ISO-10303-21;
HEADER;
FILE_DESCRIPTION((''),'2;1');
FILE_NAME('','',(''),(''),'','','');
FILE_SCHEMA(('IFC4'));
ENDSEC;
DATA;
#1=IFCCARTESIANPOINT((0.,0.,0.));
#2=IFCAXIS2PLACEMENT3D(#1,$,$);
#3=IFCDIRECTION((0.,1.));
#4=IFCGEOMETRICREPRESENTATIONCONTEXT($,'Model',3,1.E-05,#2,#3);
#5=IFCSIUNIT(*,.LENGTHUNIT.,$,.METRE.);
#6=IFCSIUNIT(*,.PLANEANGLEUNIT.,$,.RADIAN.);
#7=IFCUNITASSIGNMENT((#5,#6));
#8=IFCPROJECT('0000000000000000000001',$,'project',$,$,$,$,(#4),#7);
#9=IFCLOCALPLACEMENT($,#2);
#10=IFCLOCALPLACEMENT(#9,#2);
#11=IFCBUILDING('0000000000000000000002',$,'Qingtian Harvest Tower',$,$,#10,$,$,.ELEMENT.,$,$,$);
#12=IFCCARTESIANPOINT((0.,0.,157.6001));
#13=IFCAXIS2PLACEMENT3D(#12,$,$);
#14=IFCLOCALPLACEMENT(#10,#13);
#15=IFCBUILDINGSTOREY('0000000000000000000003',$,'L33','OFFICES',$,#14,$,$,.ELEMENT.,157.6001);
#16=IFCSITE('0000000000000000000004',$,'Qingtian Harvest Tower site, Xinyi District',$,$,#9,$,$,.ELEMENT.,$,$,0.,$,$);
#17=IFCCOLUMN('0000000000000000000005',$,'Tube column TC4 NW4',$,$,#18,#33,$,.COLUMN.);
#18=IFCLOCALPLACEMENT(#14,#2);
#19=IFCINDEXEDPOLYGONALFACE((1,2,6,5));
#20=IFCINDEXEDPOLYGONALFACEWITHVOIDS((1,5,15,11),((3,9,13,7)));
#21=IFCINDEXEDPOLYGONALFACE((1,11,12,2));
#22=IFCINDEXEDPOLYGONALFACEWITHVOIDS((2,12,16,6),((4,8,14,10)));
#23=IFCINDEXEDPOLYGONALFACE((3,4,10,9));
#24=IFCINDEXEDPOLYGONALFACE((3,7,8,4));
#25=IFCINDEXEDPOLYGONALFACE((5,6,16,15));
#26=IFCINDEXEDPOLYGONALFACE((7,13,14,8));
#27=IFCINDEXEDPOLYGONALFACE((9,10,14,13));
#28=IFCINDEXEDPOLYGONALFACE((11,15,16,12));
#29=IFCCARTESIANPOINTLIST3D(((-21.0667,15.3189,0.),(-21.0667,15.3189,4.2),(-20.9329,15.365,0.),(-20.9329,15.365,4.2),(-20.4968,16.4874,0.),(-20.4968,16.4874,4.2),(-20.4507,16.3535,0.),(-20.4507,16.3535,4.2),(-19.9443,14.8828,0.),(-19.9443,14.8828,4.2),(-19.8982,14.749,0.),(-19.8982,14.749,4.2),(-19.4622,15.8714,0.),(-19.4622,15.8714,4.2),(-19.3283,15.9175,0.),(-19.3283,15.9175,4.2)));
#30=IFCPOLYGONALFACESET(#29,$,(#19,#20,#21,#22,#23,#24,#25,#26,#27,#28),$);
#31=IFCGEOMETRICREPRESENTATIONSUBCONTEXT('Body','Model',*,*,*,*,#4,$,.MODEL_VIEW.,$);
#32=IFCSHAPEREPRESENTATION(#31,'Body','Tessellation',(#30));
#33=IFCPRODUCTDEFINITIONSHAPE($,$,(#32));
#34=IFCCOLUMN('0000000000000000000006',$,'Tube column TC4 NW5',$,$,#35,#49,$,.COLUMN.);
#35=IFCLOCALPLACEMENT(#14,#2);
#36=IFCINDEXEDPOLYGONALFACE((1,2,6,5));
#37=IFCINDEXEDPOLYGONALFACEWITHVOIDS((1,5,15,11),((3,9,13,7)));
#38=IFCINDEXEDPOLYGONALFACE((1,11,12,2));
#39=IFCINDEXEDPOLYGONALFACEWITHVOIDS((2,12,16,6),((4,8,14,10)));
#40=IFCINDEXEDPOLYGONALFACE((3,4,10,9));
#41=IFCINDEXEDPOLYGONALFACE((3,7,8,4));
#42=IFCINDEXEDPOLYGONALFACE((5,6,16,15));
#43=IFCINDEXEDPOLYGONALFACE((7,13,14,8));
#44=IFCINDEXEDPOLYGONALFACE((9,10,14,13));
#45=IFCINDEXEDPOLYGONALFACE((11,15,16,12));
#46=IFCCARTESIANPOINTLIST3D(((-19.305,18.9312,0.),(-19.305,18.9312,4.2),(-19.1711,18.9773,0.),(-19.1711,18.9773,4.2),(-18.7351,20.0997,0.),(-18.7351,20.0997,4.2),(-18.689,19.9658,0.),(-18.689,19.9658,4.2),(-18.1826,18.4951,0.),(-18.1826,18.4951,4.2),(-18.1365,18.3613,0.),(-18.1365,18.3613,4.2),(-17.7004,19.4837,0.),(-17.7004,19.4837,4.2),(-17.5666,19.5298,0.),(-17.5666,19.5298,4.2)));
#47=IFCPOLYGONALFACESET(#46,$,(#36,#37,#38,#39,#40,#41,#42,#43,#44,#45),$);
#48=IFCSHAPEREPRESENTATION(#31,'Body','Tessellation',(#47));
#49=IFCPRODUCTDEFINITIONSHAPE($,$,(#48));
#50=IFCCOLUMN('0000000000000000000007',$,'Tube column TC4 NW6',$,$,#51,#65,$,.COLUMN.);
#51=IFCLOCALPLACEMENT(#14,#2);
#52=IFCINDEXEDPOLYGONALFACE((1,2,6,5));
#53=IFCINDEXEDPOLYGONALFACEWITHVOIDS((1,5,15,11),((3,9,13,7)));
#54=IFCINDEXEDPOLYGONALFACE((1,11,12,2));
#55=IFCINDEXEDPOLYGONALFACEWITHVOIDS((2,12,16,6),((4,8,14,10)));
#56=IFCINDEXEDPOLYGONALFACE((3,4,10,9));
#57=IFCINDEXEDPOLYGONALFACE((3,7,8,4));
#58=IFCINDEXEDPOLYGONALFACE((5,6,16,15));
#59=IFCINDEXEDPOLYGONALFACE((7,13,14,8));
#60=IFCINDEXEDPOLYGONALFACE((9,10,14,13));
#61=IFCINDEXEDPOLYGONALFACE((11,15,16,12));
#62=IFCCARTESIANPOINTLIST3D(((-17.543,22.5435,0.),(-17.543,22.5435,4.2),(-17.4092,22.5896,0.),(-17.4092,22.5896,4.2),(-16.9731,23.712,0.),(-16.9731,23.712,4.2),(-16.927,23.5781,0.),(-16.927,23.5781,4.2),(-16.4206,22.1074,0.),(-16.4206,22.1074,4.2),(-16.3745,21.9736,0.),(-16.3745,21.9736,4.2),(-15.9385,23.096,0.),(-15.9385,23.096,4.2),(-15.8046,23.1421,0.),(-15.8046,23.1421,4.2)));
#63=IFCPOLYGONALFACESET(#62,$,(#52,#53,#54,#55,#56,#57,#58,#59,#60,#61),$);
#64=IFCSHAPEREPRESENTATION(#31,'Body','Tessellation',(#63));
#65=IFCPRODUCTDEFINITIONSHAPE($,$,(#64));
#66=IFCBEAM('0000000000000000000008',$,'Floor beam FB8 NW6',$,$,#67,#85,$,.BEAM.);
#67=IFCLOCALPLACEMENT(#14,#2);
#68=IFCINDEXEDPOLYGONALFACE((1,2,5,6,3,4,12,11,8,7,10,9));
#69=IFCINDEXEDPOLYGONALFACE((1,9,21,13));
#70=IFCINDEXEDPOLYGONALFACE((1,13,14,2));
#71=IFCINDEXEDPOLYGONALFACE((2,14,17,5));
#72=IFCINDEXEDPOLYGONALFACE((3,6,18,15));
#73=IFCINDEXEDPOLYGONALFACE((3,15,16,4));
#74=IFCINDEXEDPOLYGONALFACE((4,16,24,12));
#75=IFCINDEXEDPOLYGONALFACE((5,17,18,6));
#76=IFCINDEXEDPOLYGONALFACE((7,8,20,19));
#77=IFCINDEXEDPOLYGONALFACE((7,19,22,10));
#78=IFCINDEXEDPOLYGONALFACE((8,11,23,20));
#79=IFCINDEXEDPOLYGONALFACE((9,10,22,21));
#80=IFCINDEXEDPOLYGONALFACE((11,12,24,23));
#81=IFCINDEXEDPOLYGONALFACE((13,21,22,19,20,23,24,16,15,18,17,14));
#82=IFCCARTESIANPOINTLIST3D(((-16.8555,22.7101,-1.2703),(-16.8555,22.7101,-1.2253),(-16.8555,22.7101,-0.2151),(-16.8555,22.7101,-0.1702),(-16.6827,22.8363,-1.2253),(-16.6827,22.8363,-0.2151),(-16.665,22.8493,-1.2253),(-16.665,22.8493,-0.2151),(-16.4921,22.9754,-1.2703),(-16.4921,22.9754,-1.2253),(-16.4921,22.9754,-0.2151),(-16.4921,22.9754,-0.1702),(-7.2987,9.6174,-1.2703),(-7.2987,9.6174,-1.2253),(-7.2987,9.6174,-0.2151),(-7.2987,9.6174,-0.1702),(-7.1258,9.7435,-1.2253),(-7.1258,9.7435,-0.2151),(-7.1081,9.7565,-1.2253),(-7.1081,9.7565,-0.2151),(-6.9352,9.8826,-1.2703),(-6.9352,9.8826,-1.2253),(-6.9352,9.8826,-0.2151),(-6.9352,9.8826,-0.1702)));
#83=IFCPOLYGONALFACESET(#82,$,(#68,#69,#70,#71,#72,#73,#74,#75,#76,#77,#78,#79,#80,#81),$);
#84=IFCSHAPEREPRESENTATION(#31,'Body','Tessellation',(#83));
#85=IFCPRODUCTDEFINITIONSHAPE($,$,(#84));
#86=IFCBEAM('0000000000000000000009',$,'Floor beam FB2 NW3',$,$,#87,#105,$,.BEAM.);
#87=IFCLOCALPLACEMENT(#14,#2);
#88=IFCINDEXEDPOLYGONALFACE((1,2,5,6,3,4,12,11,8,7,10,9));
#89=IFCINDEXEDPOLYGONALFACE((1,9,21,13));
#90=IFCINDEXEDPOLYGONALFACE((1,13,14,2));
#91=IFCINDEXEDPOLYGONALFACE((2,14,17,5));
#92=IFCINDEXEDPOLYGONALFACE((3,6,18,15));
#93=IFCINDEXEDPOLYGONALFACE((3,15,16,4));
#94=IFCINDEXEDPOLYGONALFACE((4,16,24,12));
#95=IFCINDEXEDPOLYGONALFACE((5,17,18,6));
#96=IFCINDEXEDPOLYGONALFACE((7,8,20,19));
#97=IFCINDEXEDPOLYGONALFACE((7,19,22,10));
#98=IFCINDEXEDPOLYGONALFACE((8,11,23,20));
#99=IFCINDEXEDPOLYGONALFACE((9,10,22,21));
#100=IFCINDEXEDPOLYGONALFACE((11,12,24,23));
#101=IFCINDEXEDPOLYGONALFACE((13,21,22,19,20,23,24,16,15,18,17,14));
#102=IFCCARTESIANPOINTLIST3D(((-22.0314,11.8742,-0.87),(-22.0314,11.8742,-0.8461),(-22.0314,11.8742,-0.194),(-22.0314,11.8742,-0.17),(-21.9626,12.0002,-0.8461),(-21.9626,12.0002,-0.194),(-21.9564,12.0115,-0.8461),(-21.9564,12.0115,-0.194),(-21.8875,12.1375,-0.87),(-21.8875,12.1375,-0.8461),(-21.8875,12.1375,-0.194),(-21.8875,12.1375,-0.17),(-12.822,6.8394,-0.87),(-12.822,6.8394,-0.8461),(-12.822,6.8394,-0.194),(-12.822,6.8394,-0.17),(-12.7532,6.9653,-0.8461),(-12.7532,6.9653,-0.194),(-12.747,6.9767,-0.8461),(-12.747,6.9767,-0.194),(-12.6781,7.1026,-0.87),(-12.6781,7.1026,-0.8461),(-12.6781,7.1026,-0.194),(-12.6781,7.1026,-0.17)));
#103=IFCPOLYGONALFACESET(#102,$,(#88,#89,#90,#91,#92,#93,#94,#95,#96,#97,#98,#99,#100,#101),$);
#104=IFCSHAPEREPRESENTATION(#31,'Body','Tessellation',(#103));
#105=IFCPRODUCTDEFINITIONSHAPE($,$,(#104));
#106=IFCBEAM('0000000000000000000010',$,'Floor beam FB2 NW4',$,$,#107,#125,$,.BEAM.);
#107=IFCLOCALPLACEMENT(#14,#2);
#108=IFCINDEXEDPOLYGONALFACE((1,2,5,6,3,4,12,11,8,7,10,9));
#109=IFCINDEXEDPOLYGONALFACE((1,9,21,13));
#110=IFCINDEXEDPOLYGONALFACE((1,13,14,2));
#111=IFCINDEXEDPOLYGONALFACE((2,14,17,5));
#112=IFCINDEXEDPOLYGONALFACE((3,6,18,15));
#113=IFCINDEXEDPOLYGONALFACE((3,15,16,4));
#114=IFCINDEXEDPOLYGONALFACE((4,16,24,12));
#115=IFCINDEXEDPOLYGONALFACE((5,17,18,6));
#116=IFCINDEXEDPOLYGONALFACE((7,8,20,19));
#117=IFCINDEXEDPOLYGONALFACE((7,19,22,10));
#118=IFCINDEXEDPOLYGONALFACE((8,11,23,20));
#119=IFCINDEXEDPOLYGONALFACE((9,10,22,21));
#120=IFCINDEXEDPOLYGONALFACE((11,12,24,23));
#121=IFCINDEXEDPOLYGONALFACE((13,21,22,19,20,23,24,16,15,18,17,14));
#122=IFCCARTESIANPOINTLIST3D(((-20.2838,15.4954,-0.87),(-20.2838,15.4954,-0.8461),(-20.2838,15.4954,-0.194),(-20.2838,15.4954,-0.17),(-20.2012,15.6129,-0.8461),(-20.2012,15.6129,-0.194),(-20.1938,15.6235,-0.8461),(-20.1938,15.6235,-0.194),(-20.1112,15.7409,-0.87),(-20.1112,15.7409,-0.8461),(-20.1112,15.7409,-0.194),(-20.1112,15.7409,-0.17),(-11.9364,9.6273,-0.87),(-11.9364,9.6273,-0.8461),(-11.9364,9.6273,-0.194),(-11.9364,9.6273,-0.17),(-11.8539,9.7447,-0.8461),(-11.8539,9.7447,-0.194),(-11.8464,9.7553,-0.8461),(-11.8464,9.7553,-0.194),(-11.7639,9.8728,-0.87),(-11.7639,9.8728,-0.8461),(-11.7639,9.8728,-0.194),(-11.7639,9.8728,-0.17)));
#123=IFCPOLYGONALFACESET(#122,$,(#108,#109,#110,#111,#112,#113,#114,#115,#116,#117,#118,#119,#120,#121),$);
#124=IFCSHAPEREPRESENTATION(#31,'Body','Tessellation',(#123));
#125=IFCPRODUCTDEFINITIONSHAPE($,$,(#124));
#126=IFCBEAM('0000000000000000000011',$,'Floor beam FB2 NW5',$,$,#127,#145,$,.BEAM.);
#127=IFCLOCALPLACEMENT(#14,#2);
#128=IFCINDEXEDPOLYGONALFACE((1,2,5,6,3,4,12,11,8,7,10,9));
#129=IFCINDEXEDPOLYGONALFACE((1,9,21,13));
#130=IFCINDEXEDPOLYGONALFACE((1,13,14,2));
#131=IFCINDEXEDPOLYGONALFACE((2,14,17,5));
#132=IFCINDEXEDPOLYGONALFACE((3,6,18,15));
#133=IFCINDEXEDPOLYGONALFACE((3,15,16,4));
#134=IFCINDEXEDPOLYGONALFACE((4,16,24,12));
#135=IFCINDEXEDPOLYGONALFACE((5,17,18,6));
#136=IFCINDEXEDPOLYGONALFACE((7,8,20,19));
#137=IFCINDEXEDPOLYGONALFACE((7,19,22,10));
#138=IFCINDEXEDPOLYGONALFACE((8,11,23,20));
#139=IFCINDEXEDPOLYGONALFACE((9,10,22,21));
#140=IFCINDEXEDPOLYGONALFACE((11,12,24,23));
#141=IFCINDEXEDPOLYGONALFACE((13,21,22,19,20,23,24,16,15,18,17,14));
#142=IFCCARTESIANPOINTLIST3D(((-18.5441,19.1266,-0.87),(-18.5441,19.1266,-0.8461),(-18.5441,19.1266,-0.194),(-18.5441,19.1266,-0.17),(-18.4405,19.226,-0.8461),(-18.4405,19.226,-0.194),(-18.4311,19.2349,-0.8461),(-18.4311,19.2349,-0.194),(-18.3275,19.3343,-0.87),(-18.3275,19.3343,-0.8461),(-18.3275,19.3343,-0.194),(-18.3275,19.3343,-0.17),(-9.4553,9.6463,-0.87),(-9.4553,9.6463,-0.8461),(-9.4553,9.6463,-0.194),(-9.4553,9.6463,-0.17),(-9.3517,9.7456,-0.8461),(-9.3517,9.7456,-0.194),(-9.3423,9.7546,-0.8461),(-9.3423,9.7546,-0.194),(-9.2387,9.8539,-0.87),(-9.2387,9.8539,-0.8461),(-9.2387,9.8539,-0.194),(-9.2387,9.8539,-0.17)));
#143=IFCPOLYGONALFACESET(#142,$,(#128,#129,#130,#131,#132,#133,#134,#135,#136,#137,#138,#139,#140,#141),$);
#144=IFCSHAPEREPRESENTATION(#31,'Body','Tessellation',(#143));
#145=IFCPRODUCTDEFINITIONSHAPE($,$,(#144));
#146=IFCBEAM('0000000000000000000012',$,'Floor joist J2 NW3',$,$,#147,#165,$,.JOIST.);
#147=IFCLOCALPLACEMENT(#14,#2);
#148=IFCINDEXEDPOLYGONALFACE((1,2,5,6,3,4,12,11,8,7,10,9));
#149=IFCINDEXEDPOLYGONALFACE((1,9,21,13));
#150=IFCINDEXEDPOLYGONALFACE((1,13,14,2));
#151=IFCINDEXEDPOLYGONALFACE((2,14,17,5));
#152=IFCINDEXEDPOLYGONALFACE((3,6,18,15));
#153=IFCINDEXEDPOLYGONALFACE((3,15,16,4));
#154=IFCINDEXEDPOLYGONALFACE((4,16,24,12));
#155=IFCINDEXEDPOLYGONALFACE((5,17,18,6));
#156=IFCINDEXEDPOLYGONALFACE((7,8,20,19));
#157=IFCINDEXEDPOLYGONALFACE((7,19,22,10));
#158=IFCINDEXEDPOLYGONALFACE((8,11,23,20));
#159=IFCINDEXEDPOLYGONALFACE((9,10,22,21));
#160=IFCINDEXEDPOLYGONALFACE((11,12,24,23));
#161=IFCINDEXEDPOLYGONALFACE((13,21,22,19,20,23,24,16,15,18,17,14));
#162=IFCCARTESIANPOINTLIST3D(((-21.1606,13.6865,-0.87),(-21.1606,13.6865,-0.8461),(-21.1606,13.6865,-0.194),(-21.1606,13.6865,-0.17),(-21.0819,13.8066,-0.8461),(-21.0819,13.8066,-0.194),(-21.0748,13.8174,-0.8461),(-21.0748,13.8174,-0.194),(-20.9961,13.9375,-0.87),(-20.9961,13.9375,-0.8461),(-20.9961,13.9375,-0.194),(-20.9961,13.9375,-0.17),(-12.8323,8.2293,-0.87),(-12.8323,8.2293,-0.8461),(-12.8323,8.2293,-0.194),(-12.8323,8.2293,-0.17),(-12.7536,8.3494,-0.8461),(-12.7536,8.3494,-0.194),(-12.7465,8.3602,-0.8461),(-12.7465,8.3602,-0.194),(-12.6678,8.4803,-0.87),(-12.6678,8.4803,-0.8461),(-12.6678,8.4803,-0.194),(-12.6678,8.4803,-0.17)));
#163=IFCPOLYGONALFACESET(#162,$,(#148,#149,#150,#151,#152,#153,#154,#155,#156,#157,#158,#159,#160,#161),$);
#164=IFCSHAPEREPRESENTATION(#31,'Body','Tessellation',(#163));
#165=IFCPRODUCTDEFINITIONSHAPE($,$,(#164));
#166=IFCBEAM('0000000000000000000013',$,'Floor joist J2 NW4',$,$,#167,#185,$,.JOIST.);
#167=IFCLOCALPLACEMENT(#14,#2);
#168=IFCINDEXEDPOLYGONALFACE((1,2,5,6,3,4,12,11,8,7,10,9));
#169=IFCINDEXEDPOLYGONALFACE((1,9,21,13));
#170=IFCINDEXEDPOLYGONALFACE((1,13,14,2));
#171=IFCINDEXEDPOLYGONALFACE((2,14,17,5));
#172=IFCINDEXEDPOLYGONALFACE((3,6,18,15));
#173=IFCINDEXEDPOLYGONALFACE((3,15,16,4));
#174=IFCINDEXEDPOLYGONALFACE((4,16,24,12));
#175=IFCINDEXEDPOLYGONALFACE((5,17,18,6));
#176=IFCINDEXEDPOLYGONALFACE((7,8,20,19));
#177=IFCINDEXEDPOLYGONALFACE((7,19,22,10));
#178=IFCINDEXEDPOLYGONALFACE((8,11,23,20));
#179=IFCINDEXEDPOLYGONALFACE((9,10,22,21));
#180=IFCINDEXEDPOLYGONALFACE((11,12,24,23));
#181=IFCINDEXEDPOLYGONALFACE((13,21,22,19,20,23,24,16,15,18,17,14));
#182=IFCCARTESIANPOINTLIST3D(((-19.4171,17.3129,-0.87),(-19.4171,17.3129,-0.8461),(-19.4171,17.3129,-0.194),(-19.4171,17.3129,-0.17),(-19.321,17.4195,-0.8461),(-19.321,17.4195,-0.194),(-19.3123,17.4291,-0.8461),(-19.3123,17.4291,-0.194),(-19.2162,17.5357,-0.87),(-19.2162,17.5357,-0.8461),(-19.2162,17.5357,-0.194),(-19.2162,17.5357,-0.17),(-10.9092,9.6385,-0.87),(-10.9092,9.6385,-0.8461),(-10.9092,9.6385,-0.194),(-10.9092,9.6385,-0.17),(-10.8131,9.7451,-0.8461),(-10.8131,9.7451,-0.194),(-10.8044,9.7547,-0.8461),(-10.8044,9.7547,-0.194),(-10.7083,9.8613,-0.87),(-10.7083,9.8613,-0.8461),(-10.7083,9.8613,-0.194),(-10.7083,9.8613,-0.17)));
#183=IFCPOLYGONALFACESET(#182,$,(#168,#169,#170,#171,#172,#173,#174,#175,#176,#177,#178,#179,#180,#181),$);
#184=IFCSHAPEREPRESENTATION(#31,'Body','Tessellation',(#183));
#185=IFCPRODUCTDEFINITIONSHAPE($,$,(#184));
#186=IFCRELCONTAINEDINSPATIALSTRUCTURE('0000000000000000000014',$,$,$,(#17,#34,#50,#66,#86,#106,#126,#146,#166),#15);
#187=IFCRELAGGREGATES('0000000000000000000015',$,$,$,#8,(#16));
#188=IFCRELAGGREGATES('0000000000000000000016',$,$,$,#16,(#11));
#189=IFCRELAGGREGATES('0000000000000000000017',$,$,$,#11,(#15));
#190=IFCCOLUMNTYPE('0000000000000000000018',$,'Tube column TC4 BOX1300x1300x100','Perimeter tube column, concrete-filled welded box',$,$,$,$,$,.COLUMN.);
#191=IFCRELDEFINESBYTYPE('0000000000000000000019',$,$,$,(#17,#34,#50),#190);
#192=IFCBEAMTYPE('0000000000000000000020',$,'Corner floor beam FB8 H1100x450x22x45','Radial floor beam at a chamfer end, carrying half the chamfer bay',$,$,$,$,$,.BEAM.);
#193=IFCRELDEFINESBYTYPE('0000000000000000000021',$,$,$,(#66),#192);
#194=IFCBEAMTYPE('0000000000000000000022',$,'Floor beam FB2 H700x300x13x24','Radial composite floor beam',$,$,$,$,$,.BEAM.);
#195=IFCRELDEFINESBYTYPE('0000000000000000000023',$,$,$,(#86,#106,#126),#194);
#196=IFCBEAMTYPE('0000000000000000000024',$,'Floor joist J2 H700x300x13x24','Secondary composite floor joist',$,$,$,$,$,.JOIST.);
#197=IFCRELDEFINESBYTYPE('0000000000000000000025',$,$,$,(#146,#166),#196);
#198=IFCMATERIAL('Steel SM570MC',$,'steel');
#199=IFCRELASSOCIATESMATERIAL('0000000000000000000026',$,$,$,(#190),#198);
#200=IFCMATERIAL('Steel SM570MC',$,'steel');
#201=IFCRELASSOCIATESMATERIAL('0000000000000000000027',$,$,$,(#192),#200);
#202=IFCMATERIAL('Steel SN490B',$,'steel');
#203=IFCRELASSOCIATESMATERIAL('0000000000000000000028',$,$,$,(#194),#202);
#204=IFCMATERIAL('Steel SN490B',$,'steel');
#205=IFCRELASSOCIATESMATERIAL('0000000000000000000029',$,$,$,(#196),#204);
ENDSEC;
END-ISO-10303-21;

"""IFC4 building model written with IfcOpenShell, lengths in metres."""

from ifc_helpers import new_model, si_unit, direction, frame, origin, origin_2d, place, context, subcontext, project, spatial, hollow_rectangle, i_section, extrude, material, material_profile, profile_set, type_object, element, save


model = new_model("IFC4")

# Units and contexts
model_context = context("Model", 3, precision=1e-05, world=origin(), true_north=direction((0.0, 1.0)))
body_context = subcontext(model_context, "Body", "Model", "MODEL_VIEW")
ifc_project = project(units=[si_unit("LENGTHUNIT", "METRE"), si_unit("PLANEANGLEUNIT", "RADIAN")], contexts=[model_context])

# Site, building, storey
site_placement = place(None, origin())
site = spatial("IfcSite", under=ifc_project, at=site_placement, Name="Qingtian Harvest Tower site, Xinyi District", CompositionType="ELEMENT", RefElevation=0.0)
building_placement = place(site_placement, origin())
building = spatial("IfcBuilding", under=site, at=building_placement, Name="Qingtian Harvest Tower", CompositionType="ELEMENT")
storey_placement = place(building_placement, frame((0.0, 0.0, 157.6001)))
storey = spatial("IfcBuildingStorey", under=building, at=storey_placement, Name="L33", Description="OFFICES", CompositionType="ELEMENT", Elevation=157.6001)

# Columns
ifc_material_1 = material(Name="Steel SM570MC", Category="steel")
ifc_material_profile_1 = material_profile(ifc_material_1, hollow_rectangle(XDim=1.3, YDim=1.3, WallThickness=0.1001, at=origin_2d()), Name="BOX1300x1300x100")
ifc_profile_set_1 = profile_set([ifc_material_profile_1], Name="Steel SM570MC")
column_type = type_object("IfcColumnType", Name="Tube column TC4 BOX1300x1300x100", Description="Perimeter tube column, concrete-filled welded box", PredefinedType="COLUMN", material=ifc_profile_set_1)
for number, where, z_axis, x_axis, name in (
    (1, (-20.1975, 15.6182, 0.0), (0.0, 0.0, 1.0), (-0.438371, -0.898794, 0.0), "Tube column TC4 NW4"),
    (2, (-18.4358, 19.2305, 0.0), (0.0, 0.0, 1.0), (-0.438371, -0.898794, 0.0), "Tube column TC4 NW5"),
    (3, (-16.6738, 22.8428, 0.0), (0.0, 0.0, 1.0), (-0.438371, -0.898794, 0.0), "Tube column TC4 NW6"),
):
    element("IfcColumn", number, at=place(storey_placement, frame(where, z_axis=z_axis, x_axis=x_axis)), inside=storey, type_object=column_type, Name=name, PredefinedType="COLUMN", context=body_context, shape_type="SweptSolid", body=[
        extrude(hollow_rectangle(XDim=1.3, YDim=1.3, WallThickness=0.1001, at=origin_2d()), origin(), (0.0, 0.0, 1.0), 4.2),
    ])

# Beams
ifc_material_2 = material(Name="Steel SM570MC", Category="steel")
ifc_material_profile_2 = material_profile(ifc_material_2, i_section(OverallWidth=0.45, OverallDepth=1.1001, WebThickness=0.022, FlangeThickness=0.0449, at=origin_2d()), Name="H1100x450x22x45")
ifc_profile_set_2 = profile_set([ifc_material_profile_2], Name="Steel SM570MC")
beam_type_1 = type_object("IfcBeamType", Name="Corner floor beam FB8 H1100x450x22x45", Description="Radial floor beam at a chamfer end, carrying half the chamfer bay", PredefinedType="BEAM", material=ifc_profile_set_2)
beam_1_placement = place(storey_placement, frame((-16.6738, 22.8428, -0.7202), z_axis=(0.589578, -0.807712, 0.0), x_axis=(0.807712, 0.589578, 0.0)))
element("IfcBeam", 4, at=beam_1_placement, inside=storey, type_object=beam_type_1, Name="Floor beam FB8 NW6", PredefinedType="BEAM", context=body_context, shape_type="SweptSolid", body=[
    extrude(i_section(OverallWidth=0.45, OverallDepth=1.1001, WebThickness=0.022, FlangeThickness=0.0449, at=origin_2d()), origin(), (0.0, 0.0, 1.0), 16.2097),
])
ifc_material_3 = material(Name="Steel SN490B", Category="steel")
ifc_material_profile_3 = material_profile(ifc_material_3, i_section(OverallWidth=0.3, OverallDepth=0.7, WebThickness=0.0129, FlangeThickness=0.0239, at=origin_2d()), Name="H700x300x13x24")
ifc_profile_set_3 = profile_set([ifc_material_profile_3], Name="Steel SN490B")
beam_type_2 = type_object("IfcBeamType", Name="Floor beam FB2 H700x300x13x24", Description="Radial composite floor beam", PredefinedType="BEAM", material=ifc_profile_set_3)
beam_2_placement = place(storey_placement, frame((-21.9595, 12.0059, -0.52), z_axis=(0.877432, -0.479701, 0.0), x_axis=(0.479701, 0.877432, 0.0)))
element("IfcBeam", 5, at=beam_2_placement, inside=storey, type_object=beam_type_2, Name="Floor beam FB2 NW3", PredefinedType="BEAM", context=body_context, shape_type="SweptSolid", body=[
    extrude(i_section(OverallWidth=0.3, OverallDepth=0.7, WebThickness=0.0129, FlangeThickness=0.0239, at=origin_2d()), origin(), (0.0, 0.0, 1.0), 10.4958),
])
beam_3_placement = place(storey_placement, frame((-20.1975, 15.6182, -0.52), z_axis=(0.81808, -0.575104, 0.0), x_axis=(0.575104, 0.81808, 0.0)))
element("IfcBeam", 6, at=beam_3_placement, inside=storey, type_object=beam_type_2, Name="Floor beam FB2 NW4", PredefinedType="BEAM", context=body_context, shape_type="SweptSolid", body=[
    extrude(i_section(OverallWidth=0.3, OverallDepth=0.7, WebThickness=0.0129, FlangeThickness=0.0239, at=origin_2d()), origin(), (0.0, 0.0, 1.0), 10.2036),
])
beam_4_placement = place(storey_placement, frame((-18.4358, 19.2305, -0.52), z_axis=(0.692041, -0.721858, 0.0), x_axis=(0.721858, 0.692041, 0.0)))
element("IfcBeam", 7, at=beam_4_placement, inside=storey, type_object=beam_type_2, Name="Floor beam FB2 NW5", PredefinedType="BEAM", context=body_context, shape_type="SweptSolid", body=[
    extrude(i_section(OverallWidth=0.3, OverallDepth=0.7, WebThickness=0.0129, FlangeThickness=0.0239, at=origin_2d()), origin(), (0.0, 0.0, 1.0), 13.1333),
])
ifc_material_4 = material(Name="Steel SN490B", Category="steel")
ifc_material_profile_4 = material_profile(ifc_material_4, i_section(OverallWidth=0.3, OverallDepth=0.7, WebThickness=0.0129, FlangeThickness=0.0239, at=origin_2d()), Name="H700x300x13x24")
ifc_profile_set_4 = profile_set([ifc_material_profile_4], Name="Steel SN490B")
beam_type_3 = type_object("IfcBeamType", Name="Floor joist J2 H700x300x13x24", Description="Secondary composite floor joist", PredefinedType="JOIST", material=ifc_profile_set_4)
beam_5_placement = place(storey_placement, frame((-21.0784, 13.812, -0.52), z_axis=(0.836426, -0.548079, 0.0), x_axis=(0.548079, 0.836426, 0.0)))
element("IfcBeam", 8, at=beam_5_placement, inside=storey, type_object=beam_type_3, Name="Floor joist J2 NW3", PredefinedType="JOIST", context=body_context, shape_type="SweptSolid", body=[
    extrude(i_section(OverallWidth=0.3, OverallDepth=0.7, WebThickness=0.0129, FlangeThickness=0.0239, at=origin_2d()), origin(), (0.0, 0.0, 1.0), 9.957),
])
beam_6_placement = place(storey_placement, frame((-19.3167, 17.4243, -0.52), z_axis=(0.742544, -0.669798, 0.0), x_axis=(0.669798, 0.742544, 0.0)))
element("IfcBeam", 9, at=beam_6_placement, inside=storey, type_object=beam_type_3, Name="Floor joist J2 NW4", PredefinedType="JOIST", context=body_context, shape_type="SweptSolid", body=[
    extrude(i_section(OverallWidth=0.3, OverallDepth=0.7, WebThickness=0.0129, FlangeThickness=0.0239, at=origin_2d()), origin(), (0.0, 0.0, 1.0), 11.4578),
])

save(model, "model.ifc")
